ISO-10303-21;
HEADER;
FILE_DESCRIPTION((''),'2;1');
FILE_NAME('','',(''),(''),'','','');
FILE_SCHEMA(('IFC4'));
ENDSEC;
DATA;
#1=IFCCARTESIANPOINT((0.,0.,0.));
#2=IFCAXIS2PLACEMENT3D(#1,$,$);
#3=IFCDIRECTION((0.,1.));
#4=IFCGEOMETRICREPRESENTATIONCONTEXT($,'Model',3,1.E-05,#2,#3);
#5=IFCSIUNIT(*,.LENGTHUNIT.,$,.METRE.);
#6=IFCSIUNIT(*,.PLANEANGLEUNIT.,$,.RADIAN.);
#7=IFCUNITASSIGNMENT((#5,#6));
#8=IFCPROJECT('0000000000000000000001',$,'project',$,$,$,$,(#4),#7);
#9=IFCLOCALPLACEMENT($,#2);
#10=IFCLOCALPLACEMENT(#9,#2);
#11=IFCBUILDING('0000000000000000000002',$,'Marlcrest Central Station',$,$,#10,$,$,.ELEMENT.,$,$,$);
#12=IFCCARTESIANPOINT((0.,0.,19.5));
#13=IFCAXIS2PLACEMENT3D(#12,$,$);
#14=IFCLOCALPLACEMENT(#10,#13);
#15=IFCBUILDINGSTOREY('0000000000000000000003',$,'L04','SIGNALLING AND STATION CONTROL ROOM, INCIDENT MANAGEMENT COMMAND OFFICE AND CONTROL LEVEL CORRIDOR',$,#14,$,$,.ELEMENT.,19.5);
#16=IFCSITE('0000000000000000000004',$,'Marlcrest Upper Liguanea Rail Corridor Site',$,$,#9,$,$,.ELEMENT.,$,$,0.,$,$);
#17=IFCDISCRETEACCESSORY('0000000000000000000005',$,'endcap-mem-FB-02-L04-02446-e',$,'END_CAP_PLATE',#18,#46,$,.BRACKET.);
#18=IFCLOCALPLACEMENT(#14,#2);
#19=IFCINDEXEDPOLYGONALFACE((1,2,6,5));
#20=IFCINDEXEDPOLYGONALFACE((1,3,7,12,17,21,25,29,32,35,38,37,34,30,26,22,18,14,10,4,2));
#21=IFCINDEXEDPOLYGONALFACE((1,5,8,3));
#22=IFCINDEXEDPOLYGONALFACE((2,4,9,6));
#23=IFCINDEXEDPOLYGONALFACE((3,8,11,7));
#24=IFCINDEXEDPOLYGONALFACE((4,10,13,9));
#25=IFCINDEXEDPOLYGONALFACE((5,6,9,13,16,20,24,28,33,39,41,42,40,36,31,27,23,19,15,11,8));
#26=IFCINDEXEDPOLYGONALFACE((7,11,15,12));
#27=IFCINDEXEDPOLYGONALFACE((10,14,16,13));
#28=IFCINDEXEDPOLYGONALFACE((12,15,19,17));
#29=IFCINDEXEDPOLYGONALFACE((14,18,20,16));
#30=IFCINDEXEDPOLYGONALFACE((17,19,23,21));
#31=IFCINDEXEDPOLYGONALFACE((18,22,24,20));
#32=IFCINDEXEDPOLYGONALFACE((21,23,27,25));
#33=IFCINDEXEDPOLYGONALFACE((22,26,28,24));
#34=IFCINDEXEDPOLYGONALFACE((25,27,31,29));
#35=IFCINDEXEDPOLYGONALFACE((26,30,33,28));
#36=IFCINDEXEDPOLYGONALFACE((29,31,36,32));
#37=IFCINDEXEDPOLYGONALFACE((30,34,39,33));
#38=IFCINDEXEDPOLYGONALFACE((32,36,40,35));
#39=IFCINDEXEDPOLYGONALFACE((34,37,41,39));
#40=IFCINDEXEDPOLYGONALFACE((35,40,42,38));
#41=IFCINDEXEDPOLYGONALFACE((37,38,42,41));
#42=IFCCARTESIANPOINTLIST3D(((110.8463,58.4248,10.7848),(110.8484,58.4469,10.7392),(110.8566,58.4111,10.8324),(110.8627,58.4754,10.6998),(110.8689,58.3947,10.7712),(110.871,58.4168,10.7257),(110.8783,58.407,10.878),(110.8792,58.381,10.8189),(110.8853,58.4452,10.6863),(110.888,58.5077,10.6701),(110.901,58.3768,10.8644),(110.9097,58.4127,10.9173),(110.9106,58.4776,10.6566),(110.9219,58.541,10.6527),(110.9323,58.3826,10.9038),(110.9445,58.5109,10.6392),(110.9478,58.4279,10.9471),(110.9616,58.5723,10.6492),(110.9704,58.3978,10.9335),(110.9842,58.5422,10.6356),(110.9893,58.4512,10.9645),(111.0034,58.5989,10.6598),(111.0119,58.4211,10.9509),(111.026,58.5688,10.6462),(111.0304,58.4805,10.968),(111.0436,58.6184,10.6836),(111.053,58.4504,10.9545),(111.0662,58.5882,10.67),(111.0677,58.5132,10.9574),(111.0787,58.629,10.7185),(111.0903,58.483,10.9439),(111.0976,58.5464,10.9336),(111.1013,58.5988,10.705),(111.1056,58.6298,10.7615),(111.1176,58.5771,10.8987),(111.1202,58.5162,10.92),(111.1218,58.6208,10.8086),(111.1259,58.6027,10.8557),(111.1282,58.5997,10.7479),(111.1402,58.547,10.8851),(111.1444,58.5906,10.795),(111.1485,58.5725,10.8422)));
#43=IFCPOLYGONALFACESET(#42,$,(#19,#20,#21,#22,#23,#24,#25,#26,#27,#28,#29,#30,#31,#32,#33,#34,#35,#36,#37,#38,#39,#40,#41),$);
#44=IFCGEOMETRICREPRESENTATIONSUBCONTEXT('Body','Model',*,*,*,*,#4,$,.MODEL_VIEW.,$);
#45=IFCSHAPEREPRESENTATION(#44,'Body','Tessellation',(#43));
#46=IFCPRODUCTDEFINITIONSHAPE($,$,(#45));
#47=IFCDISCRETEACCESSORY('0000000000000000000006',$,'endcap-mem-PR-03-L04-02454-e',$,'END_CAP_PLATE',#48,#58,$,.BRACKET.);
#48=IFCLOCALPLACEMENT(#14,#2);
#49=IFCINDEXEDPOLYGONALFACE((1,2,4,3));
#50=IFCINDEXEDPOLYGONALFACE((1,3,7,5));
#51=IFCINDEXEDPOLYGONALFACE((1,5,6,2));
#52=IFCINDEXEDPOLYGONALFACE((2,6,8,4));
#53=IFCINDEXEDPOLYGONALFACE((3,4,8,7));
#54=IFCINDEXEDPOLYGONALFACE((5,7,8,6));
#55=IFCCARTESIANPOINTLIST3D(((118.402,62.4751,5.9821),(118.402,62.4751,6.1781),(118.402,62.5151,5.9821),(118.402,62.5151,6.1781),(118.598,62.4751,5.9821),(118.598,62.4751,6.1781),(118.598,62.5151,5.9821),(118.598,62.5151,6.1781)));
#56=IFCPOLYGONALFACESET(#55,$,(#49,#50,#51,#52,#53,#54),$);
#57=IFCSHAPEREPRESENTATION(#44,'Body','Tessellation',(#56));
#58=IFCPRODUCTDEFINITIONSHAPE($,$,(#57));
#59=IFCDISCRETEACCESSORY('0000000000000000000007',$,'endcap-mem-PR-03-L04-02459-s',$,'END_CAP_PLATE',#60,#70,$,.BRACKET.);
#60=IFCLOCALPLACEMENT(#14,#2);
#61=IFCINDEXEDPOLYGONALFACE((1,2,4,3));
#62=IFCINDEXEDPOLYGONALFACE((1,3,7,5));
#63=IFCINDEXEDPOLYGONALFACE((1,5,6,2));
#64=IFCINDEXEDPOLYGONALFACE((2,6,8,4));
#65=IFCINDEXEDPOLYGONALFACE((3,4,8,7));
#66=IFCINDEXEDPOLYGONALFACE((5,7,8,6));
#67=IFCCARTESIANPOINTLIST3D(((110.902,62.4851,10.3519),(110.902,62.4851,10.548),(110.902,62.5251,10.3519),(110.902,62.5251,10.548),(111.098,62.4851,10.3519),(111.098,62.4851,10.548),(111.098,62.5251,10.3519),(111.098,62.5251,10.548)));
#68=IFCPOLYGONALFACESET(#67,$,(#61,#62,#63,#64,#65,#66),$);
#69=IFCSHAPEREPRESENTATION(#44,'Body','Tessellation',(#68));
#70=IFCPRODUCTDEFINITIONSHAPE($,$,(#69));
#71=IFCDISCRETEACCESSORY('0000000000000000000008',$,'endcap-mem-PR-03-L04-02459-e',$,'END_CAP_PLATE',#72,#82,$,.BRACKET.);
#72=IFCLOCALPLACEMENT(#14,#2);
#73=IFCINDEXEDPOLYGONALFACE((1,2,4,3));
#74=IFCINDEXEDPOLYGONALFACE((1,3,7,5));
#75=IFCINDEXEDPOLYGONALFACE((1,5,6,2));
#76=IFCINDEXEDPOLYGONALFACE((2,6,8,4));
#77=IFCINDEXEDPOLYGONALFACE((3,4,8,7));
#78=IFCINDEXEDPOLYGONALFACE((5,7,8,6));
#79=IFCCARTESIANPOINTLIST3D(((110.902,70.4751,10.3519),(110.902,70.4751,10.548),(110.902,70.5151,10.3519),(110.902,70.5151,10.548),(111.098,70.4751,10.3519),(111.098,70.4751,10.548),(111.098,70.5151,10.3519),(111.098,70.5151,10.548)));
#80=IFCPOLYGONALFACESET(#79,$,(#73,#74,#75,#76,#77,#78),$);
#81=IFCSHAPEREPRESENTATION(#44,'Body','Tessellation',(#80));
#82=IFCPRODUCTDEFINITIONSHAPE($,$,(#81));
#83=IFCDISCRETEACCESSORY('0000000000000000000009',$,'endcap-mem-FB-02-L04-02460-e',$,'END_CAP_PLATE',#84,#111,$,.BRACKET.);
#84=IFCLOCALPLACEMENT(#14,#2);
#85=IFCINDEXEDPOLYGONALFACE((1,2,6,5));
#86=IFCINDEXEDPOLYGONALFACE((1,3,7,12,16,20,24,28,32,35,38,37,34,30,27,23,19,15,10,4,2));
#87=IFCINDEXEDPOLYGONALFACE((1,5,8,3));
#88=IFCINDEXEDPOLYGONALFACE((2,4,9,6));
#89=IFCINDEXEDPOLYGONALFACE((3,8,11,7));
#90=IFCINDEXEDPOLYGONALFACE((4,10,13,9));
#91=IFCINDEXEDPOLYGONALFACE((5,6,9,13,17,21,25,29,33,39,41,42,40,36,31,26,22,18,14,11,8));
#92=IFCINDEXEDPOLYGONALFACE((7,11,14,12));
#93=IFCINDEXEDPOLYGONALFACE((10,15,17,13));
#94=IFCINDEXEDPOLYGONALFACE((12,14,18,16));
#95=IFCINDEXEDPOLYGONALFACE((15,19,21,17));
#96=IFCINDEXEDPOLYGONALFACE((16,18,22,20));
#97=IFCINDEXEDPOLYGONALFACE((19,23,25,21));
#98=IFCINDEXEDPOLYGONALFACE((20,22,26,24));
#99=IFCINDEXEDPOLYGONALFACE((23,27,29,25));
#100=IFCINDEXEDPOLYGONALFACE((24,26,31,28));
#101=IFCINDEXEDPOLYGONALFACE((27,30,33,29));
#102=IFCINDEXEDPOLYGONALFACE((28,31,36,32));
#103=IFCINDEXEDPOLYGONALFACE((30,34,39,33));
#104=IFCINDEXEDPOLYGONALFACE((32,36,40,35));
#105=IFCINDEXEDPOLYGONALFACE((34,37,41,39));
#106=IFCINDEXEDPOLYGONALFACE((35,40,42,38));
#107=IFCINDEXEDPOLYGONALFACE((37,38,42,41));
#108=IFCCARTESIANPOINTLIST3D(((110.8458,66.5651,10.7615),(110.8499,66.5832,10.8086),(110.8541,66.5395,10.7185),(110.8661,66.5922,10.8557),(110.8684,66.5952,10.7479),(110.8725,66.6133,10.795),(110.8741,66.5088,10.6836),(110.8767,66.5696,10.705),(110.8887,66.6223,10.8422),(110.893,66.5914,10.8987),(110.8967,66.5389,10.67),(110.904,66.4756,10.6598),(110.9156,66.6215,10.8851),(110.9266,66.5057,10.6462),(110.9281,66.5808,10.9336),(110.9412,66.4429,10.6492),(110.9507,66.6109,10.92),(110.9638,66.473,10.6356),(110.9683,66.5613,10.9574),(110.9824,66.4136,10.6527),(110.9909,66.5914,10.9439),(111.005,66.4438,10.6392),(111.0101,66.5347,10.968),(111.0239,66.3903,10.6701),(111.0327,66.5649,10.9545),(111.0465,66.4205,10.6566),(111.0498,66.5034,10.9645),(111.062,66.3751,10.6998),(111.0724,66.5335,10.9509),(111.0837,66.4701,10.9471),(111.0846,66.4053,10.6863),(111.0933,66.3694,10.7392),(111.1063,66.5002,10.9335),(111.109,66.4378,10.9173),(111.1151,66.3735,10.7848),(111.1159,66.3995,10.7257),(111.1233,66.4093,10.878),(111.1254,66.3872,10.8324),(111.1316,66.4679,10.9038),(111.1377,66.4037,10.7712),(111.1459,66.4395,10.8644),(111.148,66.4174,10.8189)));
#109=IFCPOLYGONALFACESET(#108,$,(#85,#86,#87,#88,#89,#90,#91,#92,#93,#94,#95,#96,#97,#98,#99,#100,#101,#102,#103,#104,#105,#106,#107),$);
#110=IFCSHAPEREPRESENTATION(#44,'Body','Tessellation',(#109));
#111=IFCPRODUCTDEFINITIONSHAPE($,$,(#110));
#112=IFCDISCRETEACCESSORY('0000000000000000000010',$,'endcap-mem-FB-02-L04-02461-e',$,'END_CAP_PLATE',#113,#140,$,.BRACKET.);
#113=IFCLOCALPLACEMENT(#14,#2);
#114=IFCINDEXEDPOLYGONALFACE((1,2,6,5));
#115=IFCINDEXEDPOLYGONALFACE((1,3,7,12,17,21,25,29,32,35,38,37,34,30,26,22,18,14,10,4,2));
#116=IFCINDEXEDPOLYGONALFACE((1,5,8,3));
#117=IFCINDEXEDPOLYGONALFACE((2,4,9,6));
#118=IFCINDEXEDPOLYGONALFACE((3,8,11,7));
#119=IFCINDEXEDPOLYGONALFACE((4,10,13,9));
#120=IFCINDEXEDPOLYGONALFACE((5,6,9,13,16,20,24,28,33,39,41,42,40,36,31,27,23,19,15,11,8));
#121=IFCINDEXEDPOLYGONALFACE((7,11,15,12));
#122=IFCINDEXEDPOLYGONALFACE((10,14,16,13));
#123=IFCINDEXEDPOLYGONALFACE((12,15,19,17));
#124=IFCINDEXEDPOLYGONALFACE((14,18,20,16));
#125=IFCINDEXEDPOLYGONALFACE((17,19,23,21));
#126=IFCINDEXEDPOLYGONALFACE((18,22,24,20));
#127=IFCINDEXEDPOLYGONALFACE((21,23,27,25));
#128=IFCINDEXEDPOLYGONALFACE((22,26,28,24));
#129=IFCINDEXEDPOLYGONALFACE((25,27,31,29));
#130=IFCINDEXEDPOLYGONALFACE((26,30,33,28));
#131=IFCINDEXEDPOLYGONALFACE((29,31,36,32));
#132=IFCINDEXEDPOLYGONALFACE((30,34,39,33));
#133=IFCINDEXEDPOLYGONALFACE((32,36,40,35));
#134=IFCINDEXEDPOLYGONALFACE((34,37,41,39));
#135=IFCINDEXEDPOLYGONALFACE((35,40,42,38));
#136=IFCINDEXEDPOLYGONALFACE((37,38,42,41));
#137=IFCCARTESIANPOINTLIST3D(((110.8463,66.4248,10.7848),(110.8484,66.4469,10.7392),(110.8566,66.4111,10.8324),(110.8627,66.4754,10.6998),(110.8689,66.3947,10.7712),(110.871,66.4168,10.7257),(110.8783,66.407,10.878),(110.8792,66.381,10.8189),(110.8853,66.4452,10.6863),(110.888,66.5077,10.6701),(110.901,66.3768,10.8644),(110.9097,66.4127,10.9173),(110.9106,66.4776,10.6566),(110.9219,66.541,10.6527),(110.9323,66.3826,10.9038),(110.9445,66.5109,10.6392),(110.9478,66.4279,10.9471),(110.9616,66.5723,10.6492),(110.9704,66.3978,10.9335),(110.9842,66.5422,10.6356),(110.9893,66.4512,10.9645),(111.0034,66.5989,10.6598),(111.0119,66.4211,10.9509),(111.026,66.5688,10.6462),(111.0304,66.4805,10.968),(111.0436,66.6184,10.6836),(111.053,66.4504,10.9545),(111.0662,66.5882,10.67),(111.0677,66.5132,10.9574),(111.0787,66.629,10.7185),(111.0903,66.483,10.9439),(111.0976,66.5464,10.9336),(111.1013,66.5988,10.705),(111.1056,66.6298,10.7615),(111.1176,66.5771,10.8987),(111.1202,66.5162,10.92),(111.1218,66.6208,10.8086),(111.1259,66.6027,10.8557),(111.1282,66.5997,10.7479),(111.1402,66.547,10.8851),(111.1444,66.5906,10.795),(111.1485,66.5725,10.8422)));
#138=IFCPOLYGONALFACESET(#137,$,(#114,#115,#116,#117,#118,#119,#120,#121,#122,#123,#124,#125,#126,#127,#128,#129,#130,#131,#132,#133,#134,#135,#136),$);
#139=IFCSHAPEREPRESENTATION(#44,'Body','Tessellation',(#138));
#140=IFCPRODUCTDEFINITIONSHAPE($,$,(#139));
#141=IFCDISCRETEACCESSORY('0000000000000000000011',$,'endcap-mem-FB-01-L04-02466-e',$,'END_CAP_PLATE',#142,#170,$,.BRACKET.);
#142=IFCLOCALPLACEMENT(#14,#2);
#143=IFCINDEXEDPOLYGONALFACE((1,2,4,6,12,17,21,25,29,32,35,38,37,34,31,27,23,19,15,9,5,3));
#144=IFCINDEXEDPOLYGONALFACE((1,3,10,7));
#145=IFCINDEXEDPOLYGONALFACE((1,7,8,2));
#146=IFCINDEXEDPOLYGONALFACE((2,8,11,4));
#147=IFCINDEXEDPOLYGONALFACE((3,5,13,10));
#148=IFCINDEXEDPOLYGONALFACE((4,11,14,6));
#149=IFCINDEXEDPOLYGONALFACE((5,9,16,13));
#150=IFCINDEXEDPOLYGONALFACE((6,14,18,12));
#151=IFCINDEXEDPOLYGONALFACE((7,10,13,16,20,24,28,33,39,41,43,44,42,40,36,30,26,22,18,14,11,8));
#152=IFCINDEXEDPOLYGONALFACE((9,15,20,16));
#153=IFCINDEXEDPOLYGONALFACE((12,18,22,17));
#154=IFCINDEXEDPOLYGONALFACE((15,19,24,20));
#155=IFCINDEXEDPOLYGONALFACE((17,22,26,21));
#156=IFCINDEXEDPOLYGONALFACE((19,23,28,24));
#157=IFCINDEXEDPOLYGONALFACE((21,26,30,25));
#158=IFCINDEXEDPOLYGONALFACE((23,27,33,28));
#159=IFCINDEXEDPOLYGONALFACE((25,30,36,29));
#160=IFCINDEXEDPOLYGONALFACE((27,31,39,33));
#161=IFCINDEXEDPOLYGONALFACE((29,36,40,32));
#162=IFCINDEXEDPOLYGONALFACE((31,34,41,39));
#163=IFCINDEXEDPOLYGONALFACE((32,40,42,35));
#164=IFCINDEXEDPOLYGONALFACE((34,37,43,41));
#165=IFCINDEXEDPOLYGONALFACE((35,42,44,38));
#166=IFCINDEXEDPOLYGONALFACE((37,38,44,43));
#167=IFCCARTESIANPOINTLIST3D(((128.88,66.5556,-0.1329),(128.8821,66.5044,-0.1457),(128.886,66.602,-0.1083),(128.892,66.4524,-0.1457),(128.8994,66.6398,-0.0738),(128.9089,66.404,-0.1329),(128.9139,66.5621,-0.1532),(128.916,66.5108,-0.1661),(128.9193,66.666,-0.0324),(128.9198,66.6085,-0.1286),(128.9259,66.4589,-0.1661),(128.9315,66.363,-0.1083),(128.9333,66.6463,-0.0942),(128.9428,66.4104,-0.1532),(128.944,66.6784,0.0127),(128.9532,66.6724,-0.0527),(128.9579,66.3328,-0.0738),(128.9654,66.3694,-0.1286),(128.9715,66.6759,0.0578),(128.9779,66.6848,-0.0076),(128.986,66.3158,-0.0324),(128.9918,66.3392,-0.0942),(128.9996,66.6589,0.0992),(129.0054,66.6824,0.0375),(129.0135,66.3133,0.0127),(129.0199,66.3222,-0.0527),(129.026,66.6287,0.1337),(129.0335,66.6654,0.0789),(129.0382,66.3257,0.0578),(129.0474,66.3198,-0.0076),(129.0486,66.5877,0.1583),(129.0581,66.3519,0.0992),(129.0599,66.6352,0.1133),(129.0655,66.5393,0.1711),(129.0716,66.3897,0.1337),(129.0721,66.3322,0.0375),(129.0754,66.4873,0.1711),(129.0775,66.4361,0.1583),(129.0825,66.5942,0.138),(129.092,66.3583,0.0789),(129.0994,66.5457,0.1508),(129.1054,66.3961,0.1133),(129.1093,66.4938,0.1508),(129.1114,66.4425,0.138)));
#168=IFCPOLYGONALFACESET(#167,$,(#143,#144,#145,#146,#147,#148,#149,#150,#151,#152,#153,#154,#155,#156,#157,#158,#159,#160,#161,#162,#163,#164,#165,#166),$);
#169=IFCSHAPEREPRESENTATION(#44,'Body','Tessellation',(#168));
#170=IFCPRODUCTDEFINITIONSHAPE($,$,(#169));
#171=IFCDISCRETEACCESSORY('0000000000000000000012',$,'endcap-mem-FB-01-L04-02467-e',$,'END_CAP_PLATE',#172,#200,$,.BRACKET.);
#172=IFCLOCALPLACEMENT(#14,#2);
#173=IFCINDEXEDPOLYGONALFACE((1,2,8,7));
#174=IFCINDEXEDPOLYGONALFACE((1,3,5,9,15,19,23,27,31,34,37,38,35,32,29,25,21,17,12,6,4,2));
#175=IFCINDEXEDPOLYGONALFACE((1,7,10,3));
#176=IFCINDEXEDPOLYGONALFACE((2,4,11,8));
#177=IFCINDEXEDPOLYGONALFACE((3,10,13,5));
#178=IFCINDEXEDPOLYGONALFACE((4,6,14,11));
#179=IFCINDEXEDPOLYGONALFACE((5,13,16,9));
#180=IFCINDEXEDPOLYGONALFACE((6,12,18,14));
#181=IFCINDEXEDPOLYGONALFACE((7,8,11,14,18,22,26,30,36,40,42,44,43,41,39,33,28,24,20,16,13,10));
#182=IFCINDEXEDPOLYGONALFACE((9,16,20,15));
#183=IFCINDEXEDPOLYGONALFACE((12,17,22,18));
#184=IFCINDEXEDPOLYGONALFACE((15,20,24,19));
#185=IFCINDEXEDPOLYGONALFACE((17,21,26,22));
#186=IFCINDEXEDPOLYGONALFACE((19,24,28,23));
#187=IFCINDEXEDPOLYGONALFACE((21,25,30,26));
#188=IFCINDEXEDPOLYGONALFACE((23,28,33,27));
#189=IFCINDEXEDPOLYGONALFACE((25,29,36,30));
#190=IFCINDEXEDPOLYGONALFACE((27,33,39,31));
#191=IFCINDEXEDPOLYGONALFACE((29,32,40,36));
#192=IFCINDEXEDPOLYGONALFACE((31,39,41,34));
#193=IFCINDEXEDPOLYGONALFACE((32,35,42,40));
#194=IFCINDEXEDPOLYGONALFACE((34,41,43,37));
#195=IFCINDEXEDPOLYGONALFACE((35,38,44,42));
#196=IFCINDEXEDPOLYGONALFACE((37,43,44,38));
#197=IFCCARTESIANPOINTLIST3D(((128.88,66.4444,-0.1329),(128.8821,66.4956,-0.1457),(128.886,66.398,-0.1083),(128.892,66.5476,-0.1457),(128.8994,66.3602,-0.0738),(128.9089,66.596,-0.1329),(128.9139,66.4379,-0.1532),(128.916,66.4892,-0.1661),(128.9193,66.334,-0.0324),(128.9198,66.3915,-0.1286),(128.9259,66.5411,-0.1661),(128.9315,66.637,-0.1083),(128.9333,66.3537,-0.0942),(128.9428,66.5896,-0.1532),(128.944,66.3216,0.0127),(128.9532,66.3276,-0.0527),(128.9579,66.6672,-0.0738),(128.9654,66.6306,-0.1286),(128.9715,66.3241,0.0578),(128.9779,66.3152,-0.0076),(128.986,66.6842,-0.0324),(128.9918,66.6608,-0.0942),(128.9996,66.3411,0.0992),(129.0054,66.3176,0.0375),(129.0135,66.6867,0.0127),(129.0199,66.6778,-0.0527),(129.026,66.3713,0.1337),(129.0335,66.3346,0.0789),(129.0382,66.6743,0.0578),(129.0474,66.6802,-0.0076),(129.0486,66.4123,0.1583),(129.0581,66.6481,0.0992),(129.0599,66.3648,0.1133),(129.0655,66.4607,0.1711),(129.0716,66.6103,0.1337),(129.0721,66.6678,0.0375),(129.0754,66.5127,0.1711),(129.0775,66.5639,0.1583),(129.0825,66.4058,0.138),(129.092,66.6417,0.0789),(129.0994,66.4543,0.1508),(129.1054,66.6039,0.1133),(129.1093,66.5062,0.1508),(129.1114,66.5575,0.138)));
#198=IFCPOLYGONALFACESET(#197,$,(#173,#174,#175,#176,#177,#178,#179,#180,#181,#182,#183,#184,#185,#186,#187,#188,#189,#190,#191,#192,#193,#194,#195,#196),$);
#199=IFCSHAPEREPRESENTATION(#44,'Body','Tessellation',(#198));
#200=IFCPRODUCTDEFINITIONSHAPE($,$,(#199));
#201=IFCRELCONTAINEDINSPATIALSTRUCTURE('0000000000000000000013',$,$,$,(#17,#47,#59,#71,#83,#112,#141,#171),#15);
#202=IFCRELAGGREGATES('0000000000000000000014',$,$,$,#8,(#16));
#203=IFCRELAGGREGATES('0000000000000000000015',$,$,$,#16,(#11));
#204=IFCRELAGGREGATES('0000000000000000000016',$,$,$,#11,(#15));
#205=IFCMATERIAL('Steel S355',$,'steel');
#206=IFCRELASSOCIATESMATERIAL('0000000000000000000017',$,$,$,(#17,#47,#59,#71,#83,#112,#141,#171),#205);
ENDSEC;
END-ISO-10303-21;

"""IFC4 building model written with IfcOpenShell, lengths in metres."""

from ifc_helpers import new_model, si_unit, direction, frame, origin, origin_2d, place, context, subcontext, project, spatial, rectangle, circle, extrude, material, element, save


model = new_model("IFC4")

# Units and contexts
model_context = context("Model", 3, precision=1e-05, world=origin(), true_north=direction((0.0, 1.0)))
body_context = subcontext(model_context, "Body", "Model", "MODEL_VIEW")
ifc_project = project(units=[si_unit("LENGTHUNIT", "METRE"), si_unit("PLANEANGLEUNIT", "RADIAN")], contexts=[model_context])

# Site, building, storey
site_placement = place(None, origin())
site = spatial("IfcSite", under=ifc_project, at=site_placement, Name="Marlcrest Upper Liguanea Rail Corridor Site", CompositionType="ELEMENT", RefElevation=0.0)
building_placement = place(site_placement, origin())
building = spatial("IfcBuilding", under=site, at=building_placement, Name="Marlcrest Central Station", CompositionType="ELEMENT")
storey_placement = place(building_placement, frame((0.0, 0.0, 19.5)))
storey = spatial("IfcBuildingStorey", under=building, at=storey_placement, Name="L04", Description="SIGNALLING AND STATION CONTROL ROOM, INCIDENT MANAGEMENT COMMAND OFFICE AND CONTROL LEVEL CORRIDOR", CompositionType="ELEMENT", Elevation=19.5)

# Shared definitions
ifc_material_1 = material(Name="Steel S355", Category="steel")

# Discrete accessories
discrete_accessory_1_placement = place(storey_placement, frame((110.9858, 58.5188, 10.8086), z_axis=(0.564531, -0.752708, -0.338728), x_axis=(0.8, 0.6, 0.0)))
element("IfcDiscreteAccessory", 1, at=discrete_accessory_1_placement, inside=storey, material=ifc_material_1, Name="endcap-mem-FB-02-L04-02446-e", ObjectType="END_CAP_PLATE", PredefinedType="BRACKET", context=body_context, shape_type="SweptSolid", body=[
    extrude(circle(Radius=0.1699, at=origin_2d()), origin(), (0.0, 0.0, 1.0), 0.04),
])
for number, where, z_axis, x_axis, name in (
    (2, (118.5, 62.4751, 6.0801), (0.0, 1.0, 0.0), (-1.0, 0.0, 0.0), "endcap-mem-PR-03-L04-02454-e"),
    (3, (111.0, 62.4851, 10.45), (0.0, 1.0, 0.0), (-1.0, 0.0, 0.0), "endcap-mem-PR-03-L04-02459-s"),
    (4, (111.0, 70.4751, 10.45), (0.0, 1.0, 0.0), (-1.0, 0.0, 0.0), "endcap-mem-PR-03-L04-02459-e"),
):
    element("IfcDiscreteAccessory", number, at=place(storey_placement, frame(where, z_axis=z_axis, x_axis=x_axis)), inside=storey, material=ifc_material_1, Name=name, ObjectType="END_CAP_PLATE", PredefinedType="BRACKET", context=body_context, shape_type="SweptSolid", body=[
        extrude(rectangle(XDim=0.196, YDim=0.196, at=origin_2d()), origin(), (0.0, 0.0, 1.0), 0.04),
    ])
for number, where, z_axis, x_axis, name in (
    (5, (110.9858, 66.4812, 10.8086), (0.564531, 0.752708, -0.338728), (-0.8, 0.6, 0.0), "endcap-mem-FB-02-L04-02460-e"),
    (6, (110.9858, 66.5188, 10.8086), (0.564531, -0.752708, -0.338728), (0.8, 0.6, 0.0), "endcap-mem-FB-02-L04-02461-e"),
):
    element("IfcDiscreteAccessory", number, at=place(storey_placement, frame(where, z_axis=z_axis, x_axis=x_axis)), inside=storey, material=ifc_material_1, Name=name, ObjectType="END_CAP_PLATE", PredefinedType="BRACKET", context=body_context, shape_type="SweptSolid", body=[
        extrude(circle(Radius=0.1699, at=origin_2d()), origin(), (0.0, 0.0, 1.0), 0.04),
    ])
for number, where, z_axis, x_axis, name in (
    (7, (128.9788, 66.4958, 0.0127), (0.846277, 0.161196, -0.50777), (-0.187112, 0.982339, 0.0), "endcap-mem-FB-01-L04-02466-e"),
    (8, (128.9788, 66.5042, 0.0127), (0.846277, -0.161196, -0.50777), (0.187112, 0.982339, 0.0), "endcap-mem-FB-01-L04-02467-e"),
):
    element("IfcDiscreteAccessory", number, at=place(storey_placement, frame(where, z_axis=z_axis, x_axis=x_axis)), inside=storey, material=ifc_material_1, Name=name, ObjectType="END_CAP_PLATE", PredefinedType="BRACKET", context=body_context, shape_type="SweptSolid", body=[
        extrude(circle(Radius=0.1858, at=origin_2d()), origin(), (0.0, 0.0, 1.0), 0.04),
    ])

save(model, "model.ifc")
